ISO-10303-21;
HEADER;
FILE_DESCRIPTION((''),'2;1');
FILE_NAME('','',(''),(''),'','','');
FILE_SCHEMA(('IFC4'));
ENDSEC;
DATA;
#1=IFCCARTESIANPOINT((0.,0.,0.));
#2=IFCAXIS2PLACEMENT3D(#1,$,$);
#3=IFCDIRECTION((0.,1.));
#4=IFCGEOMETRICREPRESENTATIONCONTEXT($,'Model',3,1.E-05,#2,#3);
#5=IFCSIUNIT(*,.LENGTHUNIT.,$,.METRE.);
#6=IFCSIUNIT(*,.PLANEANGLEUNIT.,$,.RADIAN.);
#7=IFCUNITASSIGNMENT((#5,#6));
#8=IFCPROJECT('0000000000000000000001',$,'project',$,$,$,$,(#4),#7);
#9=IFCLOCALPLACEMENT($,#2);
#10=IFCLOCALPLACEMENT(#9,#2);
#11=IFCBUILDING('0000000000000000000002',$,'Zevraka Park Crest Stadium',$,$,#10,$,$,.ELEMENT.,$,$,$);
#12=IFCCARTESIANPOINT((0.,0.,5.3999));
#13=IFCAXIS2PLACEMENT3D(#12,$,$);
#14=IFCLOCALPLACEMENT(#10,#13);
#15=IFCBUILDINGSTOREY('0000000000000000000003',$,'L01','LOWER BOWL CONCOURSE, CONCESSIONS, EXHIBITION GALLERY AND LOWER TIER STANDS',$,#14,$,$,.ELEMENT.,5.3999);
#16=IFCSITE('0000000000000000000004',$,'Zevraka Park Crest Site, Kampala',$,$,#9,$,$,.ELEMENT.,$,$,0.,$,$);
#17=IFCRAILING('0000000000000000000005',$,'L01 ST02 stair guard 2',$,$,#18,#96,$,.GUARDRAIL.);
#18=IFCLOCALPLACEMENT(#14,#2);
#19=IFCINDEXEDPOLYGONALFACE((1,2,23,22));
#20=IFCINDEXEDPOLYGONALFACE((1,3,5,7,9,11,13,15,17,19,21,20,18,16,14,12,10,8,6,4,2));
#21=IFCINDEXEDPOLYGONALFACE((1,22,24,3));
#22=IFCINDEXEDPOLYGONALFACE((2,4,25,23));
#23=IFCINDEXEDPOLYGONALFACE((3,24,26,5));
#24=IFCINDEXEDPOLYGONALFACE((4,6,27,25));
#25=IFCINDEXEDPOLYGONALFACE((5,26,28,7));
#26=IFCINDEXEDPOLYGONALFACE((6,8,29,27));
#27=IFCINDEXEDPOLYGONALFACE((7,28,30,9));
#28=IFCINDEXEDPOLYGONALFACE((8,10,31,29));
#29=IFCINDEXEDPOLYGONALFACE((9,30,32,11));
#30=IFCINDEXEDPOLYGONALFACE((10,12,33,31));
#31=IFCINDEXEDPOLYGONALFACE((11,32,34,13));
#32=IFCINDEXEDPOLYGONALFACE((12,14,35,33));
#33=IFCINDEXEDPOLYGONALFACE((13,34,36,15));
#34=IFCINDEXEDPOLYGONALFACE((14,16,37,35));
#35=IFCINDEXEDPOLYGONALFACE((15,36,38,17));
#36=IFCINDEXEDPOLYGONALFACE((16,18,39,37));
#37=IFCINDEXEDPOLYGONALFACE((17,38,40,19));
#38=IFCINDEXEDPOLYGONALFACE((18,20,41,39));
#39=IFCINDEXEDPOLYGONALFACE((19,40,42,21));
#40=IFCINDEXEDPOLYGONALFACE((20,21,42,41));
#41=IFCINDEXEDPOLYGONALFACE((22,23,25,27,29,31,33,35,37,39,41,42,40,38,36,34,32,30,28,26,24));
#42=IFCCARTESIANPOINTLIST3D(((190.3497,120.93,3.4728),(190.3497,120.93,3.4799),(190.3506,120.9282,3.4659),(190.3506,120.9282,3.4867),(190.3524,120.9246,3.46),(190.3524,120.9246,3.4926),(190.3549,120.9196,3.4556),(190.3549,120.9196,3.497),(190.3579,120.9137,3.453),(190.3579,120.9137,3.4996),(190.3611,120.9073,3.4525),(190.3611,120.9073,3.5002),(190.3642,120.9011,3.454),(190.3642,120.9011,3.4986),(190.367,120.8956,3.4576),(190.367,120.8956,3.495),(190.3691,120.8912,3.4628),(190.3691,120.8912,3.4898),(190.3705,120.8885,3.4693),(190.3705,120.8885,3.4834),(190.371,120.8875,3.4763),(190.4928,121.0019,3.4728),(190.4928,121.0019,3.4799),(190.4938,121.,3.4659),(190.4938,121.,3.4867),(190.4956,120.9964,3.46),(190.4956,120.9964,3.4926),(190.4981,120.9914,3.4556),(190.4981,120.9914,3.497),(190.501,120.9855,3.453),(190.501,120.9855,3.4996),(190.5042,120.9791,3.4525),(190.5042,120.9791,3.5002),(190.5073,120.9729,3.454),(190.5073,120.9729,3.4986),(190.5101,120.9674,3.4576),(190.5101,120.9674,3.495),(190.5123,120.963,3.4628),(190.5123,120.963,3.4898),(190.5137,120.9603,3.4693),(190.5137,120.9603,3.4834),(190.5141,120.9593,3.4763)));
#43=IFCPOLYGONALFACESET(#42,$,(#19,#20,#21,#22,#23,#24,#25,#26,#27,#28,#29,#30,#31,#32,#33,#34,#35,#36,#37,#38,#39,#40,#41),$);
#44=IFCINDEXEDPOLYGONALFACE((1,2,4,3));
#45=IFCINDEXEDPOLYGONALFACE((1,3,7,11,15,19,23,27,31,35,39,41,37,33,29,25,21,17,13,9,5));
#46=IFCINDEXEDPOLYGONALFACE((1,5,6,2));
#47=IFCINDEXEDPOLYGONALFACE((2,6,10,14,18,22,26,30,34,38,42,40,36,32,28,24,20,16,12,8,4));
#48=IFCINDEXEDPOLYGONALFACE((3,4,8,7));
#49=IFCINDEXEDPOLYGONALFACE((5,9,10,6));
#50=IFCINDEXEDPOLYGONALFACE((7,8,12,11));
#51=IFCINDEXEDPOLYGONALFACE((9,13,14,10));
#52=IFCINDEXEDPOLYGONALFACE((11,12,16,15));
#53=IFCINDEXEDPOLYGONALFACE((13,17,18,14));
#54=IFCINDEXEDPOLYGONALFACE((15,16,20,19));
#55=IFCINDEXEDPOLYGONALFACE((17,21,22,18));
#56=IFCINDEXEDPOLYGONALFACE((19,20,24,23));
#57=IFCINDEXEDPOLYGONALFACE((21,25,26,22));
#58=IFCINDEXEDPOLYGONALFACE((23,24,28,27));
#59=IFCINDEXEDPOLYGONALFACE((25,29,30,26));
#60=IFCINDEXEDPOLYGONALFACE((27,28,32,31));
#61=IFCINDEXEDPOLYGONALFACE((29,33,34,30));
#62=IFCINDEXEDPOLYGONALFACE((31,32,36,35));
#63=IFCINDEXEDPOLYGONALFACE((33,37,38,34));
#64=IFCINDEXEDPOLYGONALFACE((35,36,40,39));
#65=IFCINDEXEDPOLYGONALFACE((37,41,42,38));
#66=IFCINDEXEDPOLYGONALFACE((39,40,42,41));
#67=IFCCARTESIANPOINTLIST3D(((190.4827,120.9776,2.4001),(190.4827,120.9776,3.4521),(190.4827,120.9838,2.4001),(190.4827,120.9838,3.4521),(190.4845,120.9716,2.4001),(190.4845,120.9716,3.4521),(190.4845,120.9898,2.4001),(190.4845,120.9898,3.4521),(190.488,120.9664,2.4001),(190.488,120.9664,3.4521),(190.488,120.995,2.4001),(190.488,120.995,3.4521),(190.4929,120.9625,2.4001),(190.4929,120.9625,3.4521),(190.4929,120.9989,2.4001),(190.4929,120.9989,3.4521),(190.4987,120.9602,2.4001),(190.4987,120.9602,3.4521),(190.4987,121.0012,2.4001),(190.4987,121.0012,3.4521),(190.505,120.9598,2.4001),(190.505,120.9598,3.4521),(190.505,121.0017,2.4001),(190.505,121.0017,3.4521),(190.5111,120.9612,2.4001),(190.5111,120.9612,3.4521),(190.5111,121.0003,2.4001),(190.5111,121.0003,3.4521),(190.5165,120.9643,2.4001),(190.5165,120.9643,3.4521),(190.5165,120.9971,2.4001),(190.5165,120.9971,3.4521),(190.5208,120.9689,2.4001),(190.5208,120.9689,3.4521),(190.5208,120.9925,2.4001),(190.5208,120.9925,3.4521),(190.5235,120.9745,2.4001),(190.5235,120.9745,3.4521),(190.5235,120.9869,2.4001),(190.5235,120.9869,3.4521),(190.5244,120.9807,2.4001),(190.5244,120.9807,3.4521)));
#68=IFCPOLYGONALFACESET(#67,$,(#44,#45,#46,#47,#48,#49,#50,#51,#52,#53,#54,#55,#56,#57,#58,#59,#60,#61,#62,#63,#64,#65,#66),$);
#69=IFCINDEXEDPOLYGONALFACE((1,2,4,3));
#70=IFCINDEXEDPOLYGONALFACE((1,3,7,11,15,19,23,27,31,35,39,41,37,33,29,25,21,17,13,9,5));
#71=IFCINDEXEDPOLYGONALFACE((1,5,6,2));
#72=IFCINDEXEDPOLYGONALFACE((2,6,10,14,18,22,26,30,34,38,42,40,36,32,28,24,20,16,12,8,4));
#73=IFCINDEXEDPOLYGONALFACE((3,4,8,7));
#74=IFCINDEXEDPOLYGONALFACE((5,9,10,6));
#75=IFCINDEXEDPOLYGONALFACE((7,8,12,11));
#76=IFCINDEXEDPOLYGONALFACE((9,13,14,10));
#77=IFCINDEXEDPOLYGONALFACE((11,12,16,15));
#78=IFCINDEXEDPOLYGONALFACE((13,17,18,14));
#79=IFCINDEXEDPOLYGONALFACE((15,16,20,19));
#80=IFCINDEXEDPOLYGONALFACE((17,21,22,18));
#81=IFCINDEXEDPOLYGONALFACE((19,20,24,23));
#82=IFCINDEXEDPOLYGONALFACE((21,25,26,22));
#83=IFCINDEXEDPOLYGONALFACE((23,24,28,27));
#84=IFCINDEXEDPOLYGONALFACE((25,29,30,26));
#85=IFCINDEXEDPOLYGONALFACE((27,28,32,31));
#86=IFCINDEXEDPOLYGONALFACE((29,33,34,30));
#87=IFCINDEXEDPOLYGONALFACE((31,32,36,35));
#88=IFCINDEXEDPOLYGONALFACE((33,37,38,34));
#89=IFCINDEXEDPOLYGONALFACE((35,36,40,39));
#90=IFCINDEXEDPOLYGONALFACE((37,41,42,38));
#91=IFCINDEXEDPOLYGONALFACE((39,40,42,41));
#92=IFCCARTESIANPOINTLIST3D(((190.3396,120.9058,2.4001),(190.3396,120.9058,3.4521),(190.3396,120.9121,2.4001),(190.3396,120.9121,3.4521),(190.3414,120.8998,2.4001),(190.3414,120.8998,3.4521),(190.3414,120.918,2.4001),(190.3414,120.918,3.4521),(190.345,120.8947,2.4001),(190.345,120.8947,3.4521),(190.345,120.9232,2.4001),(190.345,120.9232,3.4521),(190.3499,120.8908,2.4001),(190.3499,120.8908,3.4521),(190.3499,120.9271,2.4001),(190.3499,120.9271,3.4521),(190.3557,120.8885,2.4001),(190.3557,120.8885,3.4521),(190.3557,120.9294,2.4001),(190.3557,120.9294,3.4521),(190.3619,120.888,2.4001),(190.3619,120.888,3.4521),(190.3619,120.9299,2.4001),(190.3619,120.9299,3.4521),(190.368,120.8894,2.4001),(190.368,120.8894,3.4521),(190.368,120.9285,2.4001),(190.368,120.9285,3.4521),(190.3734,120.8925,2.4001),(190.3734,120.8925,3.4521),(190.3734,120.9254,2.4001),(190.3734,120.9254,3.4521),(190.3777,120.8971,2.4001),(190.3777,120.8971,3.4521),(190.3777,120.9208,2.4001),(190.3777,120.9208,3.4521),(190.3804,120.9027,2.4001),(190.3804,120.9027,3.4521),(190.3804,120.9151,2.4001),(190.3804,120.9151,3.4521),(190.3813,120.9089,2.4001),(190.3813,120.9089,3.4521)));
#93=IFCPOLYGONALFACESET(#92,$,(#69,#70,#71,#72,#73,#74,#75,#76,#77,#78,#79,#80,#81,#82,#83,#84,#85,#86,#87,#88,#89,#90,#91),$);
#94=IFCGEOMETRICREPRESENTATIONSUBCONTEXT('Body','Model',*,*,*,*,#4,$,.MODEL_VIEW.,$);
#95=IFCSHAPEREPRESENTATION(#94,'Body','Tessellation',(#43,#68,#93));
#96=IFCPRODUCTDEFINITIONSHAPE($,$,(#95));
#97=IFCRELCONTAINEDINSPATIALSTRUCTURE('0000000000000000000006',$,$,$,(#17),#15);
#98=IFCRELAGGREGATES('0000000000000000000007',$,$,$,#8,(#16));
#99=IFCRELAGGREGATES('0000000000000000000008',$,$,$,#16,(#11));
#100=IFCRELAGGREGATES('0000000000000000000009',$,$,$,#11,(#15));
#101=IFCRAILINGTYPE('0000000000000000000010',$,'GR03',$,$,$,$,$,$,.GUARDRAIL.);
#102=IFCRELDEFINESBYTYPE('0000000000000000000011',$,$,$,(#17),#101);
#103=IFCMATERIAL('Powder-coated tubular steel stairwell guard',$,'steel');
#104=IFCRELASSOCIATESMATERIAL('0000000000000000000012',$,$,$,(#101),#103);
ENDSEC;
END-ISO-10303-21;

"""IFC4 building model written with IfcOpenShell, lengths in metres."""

from ifc_helpers import new_model, si_unit, direction, frame, origin, origin_2d, place, context, subcontext, project, spatial, circle, extrude, material, type_object, element, save


model = new_model("IFC4")

# Units and contexts
model_context = context("Model", 3, precision=1e-05, world=origin(), true_north=direction((0.0, 1.0)))
body_context = subcontext(model_context, "Body", "Model", "MODEL_VIEW")
ifc_project = project(units=[si_unit("LENGTHUNIT", "METRE"), si_unit("PLANEANGLEUNIT", "RADIAN")], contexts=[model_context])

# Site, building, storey
site_placement = place(None, origin())
site = spatial("IfcSite", under=ifc_project, at=site_placement, Name="Zevraka Park Crest Site, Kampala", CompositionType="ELEMENT", RefElevation=0.0)
building_placement = place(site_placement, origin())
building = spatial("IfcBuilding", under=site, at=building_placement, Name="Zevraka Park Crest Stadium", CompositionType="ELEMENT")
storey_placement = place(building_placement, frame((0.0, 0.0, 5.3999)))
storey = spatial("IfcBuildingStorey", under=building, at=storey_placement, Name="L01", Description="LOWER BOWL CONCOURSE, CONCESSIONS, EXHIBITION GALLERY AND LOWER TIER STANDS", CompositionType="ELEMENT", Elevation=5.3999)

# Railing
ifc_material_1 = material(Name="Powder-coated tubular steel stairwell guard", Category="steel")
railing_type_1 = type_object("IfcRailingType", Name="GR03", PredefinedType="GUARDRAIL", material=ifc_material_1)
railing_1_placement = place(storey_placement, frame((190.5034, 120.9807, 2.4001)))
element("IfcRailing", 1, at=railing_1_placement, inside=storey, type_object=railing_type_1, Name="L01 ST02 stair guard 2", PredefinedType="GUARDRAIL", context=body_context, shape_type="SweptSolid", body=[
    extrude(circle(Radius=0.0239, at=origin_2d()), frame((0.0, 0.0, 1.0762), z_axis=(-0.893816, -0.448433, 0.0), x_axis=(0.448433, -0.893816, 0.0)), (0.0, 0.0, 1.0), 0.1602),
    extrude(circle(Radius=0.021, at=origin_2d()), origin(), (0.0, 0.0, 1.0), 1.052),
    extrude(circle(Radius=0.021, at=origin_2d()), frame((-0.1431, -0.0718, 0.0)), (0.0, 0.0, 1.0), 1.052),
])

save(model, "model.ifc")
